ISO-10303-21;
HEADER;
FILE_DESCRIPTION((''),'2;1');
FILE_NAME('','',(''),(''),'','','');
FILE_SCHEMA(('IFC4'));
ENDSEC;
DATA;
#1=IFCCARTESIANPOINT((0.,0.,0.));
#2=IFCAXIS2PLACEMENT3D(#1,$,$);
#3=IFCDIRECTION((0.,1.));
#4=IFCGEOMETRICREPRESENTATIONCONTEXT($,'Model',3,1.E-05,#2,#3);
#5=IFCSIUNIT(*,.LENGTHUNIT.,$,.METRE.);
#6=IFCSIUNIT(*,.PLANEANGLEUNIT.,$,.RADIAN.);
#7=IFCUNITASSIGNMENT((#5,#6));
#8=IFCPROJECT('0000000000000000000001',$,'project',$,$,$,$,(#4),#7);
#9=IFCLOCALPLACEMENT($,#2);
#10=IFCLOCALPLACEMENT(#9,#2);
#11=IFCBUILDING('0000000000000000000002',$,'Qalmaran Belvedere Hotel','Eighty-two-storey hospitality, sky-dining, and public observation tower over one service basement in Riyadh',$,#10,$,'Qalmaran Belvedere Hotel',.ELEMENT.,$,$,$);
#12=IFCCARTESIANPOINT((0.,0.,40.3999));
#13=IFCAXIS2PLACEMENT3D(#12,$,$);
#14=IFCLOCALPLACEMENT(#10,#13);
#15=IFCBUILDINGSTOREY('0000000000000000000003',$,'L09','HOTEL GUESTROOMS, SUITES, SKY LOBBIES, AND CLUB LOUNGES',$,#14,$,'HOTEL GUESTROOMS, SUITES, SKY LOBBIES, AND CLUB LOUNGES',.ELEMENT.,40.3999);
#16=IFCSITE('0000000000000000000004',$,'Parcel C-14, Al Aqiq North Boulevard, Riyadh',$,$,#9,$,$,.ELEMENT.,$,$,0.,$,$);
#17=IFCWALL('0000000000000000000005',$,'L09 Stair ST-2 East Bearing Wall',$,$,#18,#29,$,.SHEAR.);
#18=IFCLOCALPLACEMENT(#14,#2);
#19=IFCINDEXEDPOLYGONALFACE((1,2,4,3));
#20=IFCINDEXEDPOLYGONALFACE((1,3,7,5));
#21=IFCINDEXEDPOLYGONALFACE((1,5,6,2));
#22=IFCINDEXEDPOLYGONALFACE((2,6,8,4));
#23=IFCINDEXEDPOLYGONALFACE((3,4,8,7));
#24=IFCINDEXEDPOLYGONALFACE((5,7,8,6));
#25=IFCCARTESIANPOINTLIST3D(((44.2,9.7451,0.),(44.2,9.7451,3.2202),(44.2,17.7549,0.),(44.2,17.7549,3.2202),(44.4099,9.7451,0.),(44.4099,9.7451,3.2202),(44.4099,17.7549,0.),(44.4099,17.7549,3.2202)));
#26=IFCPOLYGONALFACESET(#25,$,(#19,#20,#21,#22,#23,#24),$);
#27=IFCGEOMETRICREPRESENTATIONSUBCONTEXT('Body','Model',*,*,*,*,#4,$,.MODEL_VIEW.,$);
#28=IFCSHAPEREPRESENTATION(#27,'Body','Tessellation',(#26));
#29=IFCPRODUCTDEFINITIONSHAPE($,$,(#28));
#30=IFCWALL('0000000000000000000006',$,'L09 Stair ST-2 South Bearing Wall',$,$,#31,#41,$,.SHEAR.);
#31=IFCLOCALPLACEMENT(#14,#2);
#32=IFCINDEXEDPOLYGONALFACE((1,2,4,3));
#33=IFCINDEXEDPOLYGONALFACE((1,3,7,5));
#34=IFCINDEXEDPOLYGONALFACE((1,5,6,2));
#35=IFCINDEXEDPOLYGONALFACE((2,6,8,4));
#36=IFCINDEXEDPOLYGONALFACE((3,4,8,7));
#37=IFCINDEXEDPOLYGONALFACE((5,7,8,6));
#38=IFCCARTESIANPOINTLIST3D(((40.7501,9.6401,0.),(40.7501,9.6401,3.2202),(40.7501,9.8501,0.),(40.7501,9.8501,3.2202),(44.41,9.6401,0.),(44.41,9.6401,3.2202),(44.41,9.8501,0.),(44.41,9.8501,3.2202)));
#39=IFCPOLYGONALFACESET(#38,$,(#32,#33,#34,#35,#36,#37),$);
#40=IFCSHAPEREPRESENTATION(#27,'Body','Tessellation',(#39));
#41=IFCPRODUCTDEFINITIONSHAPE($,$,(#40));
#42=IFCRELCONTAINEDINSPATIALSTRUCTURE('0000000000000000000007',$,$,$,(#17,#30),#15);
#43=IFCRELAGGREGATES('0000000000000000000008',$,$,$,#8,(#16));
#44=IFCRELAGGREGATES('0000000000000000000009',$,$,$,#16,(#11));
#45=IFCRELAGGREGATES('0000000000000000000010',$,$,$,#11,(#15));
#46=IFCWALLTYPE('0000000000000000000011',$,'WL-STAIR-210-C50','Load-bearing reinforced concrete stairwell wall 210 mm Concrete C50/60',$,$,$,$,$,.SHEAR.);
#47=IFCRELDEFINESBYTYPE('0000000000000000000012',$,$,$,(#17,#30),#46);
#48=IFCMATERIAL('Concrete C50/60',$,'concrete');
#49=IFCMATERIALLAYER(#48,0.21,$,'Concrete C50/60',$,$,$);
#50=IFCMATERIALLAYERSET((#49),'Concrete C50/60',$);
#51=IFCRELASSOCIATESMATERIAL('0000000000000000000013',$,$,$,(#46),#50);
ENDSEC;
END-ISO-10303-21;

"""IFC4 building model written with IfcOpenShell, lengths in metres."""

from ifc_helpers import new_model, si_unit, direction, frame, frame_2d, origin, place, context, subcontext, project, spatial, rectangle, extrude, material, layer, layer_set, type_object, element, save


model = new_model("IFC4")

# Units and contexts
model_context = context("Model", 3, precision=1e-05, world=origin(), true_north=direction((0.0, 1.0)))
body_context = subcontext(model_context, "Body", "Model", "MODEL_VIEW")
ifc_project = project(units=[si_unit("LENGTHUNIT", "METRE"), si_unit("PLANEANGLEUNIT", "RADIAN")], contexts=[model_context])

# Site, building, storey
site_placement = place(None, origin())
site = spatial("IfcSite", under=ifc_project, at=site_placement, Name="Parcel C-14, Al Aqiq North Boulevard, Riyadh", CompositionType="ELEMENT", RefElevation=0.0)
building_placement = place(site_placement, origin())
building = spatial("IfcBuilding", under=site, at=building_placement, Name="Qalmaran Belvedere Hotel", Description="Eighty-two-storey hospitality, sky-dining, and public observation tower over one service basement in Riyadh", LongName="Qalmaran Belvedere Hotel", CompositionType="ELEMENT")
storey_placement = place(building_placement, frame((0.0, 0.0, 40.3999)))
storey = spatial("IfcBuildingStorey", under=building, at=storey_placement, Name="L09", Description="HOTEL GUESTROOMS, SUITES, SKY LOBBIES, AND CLUB LOUNGES", LongName="HOTEL GUESTROOMS, SUITES, SKY LOBBIES, AND CLUB LOUNGES", CompositionType="ELEMENT", Elevation=40.3999)

# Walls
ifc_material_1 = material(Name="Concrete C50/60", Category="concrete")
ifc_layer_1 = layer(ifc_material_1, 0.21, Name="Concrete C50/60")
ifc_layer_set_1 = layer_set([ifc_layer_1], Name="Concrete C50/60")
wall_type_1 = type_object("IfcWallType", Name="WL-STAIR-210-C50", Description="Load-bearing reinforced concrete stairwell wall 210 mm Concrete C50/60", PredefinedType="SHEAR", material=ifc_layer_set_1)
for number, where, z_axis, x_axis, name in (
    (1, (44.3049, 9.7451, 0.0), (0.0, 0.0, 1.0), (0.0, 1.0, 0.0), "L09 Stair ST-2 East Bearing Wall"),
):
    element("IfcWall", number, at=place(storey_placement, frame(where, z_axis=z_axis, x_axis=x_axis)), inside=storey, type_object=wall_type_1, Name=name, PredefinedType="SHEAR", context=body_context, shape_type="SweptSolid", body=[
        extrude(rectangle(XDim=8.0098, YDim=0.21, at=frame_2d((4.0049, 0.0))), origin(), (0.0, 0.0, 1.0), 3.2202),
    ])
wall_1_placement = place(storey_placement, frame((40.75, 9.7451, 0.0), z_axis=(0.0, 0.0, 1.0), x_axis=(1.0, 0.0, 0.0)))
element("IfcWall", 2, at=wall_1_placement, inside=storey, type_object=wall_type_1, Name="L09 Stair ST-2 South Bearing Wall", PredefinedType="SHEAR", context=body_context, shape_type="SweptSolid", body=[
    extrude(rectangle(XDim=3.6599, YDim=0.21, at=frame_2d((1.8301, 0.0))), origin(), (0.0, 0.0, 1.0), 3.2202),
])

save(model, "model.ifc")
